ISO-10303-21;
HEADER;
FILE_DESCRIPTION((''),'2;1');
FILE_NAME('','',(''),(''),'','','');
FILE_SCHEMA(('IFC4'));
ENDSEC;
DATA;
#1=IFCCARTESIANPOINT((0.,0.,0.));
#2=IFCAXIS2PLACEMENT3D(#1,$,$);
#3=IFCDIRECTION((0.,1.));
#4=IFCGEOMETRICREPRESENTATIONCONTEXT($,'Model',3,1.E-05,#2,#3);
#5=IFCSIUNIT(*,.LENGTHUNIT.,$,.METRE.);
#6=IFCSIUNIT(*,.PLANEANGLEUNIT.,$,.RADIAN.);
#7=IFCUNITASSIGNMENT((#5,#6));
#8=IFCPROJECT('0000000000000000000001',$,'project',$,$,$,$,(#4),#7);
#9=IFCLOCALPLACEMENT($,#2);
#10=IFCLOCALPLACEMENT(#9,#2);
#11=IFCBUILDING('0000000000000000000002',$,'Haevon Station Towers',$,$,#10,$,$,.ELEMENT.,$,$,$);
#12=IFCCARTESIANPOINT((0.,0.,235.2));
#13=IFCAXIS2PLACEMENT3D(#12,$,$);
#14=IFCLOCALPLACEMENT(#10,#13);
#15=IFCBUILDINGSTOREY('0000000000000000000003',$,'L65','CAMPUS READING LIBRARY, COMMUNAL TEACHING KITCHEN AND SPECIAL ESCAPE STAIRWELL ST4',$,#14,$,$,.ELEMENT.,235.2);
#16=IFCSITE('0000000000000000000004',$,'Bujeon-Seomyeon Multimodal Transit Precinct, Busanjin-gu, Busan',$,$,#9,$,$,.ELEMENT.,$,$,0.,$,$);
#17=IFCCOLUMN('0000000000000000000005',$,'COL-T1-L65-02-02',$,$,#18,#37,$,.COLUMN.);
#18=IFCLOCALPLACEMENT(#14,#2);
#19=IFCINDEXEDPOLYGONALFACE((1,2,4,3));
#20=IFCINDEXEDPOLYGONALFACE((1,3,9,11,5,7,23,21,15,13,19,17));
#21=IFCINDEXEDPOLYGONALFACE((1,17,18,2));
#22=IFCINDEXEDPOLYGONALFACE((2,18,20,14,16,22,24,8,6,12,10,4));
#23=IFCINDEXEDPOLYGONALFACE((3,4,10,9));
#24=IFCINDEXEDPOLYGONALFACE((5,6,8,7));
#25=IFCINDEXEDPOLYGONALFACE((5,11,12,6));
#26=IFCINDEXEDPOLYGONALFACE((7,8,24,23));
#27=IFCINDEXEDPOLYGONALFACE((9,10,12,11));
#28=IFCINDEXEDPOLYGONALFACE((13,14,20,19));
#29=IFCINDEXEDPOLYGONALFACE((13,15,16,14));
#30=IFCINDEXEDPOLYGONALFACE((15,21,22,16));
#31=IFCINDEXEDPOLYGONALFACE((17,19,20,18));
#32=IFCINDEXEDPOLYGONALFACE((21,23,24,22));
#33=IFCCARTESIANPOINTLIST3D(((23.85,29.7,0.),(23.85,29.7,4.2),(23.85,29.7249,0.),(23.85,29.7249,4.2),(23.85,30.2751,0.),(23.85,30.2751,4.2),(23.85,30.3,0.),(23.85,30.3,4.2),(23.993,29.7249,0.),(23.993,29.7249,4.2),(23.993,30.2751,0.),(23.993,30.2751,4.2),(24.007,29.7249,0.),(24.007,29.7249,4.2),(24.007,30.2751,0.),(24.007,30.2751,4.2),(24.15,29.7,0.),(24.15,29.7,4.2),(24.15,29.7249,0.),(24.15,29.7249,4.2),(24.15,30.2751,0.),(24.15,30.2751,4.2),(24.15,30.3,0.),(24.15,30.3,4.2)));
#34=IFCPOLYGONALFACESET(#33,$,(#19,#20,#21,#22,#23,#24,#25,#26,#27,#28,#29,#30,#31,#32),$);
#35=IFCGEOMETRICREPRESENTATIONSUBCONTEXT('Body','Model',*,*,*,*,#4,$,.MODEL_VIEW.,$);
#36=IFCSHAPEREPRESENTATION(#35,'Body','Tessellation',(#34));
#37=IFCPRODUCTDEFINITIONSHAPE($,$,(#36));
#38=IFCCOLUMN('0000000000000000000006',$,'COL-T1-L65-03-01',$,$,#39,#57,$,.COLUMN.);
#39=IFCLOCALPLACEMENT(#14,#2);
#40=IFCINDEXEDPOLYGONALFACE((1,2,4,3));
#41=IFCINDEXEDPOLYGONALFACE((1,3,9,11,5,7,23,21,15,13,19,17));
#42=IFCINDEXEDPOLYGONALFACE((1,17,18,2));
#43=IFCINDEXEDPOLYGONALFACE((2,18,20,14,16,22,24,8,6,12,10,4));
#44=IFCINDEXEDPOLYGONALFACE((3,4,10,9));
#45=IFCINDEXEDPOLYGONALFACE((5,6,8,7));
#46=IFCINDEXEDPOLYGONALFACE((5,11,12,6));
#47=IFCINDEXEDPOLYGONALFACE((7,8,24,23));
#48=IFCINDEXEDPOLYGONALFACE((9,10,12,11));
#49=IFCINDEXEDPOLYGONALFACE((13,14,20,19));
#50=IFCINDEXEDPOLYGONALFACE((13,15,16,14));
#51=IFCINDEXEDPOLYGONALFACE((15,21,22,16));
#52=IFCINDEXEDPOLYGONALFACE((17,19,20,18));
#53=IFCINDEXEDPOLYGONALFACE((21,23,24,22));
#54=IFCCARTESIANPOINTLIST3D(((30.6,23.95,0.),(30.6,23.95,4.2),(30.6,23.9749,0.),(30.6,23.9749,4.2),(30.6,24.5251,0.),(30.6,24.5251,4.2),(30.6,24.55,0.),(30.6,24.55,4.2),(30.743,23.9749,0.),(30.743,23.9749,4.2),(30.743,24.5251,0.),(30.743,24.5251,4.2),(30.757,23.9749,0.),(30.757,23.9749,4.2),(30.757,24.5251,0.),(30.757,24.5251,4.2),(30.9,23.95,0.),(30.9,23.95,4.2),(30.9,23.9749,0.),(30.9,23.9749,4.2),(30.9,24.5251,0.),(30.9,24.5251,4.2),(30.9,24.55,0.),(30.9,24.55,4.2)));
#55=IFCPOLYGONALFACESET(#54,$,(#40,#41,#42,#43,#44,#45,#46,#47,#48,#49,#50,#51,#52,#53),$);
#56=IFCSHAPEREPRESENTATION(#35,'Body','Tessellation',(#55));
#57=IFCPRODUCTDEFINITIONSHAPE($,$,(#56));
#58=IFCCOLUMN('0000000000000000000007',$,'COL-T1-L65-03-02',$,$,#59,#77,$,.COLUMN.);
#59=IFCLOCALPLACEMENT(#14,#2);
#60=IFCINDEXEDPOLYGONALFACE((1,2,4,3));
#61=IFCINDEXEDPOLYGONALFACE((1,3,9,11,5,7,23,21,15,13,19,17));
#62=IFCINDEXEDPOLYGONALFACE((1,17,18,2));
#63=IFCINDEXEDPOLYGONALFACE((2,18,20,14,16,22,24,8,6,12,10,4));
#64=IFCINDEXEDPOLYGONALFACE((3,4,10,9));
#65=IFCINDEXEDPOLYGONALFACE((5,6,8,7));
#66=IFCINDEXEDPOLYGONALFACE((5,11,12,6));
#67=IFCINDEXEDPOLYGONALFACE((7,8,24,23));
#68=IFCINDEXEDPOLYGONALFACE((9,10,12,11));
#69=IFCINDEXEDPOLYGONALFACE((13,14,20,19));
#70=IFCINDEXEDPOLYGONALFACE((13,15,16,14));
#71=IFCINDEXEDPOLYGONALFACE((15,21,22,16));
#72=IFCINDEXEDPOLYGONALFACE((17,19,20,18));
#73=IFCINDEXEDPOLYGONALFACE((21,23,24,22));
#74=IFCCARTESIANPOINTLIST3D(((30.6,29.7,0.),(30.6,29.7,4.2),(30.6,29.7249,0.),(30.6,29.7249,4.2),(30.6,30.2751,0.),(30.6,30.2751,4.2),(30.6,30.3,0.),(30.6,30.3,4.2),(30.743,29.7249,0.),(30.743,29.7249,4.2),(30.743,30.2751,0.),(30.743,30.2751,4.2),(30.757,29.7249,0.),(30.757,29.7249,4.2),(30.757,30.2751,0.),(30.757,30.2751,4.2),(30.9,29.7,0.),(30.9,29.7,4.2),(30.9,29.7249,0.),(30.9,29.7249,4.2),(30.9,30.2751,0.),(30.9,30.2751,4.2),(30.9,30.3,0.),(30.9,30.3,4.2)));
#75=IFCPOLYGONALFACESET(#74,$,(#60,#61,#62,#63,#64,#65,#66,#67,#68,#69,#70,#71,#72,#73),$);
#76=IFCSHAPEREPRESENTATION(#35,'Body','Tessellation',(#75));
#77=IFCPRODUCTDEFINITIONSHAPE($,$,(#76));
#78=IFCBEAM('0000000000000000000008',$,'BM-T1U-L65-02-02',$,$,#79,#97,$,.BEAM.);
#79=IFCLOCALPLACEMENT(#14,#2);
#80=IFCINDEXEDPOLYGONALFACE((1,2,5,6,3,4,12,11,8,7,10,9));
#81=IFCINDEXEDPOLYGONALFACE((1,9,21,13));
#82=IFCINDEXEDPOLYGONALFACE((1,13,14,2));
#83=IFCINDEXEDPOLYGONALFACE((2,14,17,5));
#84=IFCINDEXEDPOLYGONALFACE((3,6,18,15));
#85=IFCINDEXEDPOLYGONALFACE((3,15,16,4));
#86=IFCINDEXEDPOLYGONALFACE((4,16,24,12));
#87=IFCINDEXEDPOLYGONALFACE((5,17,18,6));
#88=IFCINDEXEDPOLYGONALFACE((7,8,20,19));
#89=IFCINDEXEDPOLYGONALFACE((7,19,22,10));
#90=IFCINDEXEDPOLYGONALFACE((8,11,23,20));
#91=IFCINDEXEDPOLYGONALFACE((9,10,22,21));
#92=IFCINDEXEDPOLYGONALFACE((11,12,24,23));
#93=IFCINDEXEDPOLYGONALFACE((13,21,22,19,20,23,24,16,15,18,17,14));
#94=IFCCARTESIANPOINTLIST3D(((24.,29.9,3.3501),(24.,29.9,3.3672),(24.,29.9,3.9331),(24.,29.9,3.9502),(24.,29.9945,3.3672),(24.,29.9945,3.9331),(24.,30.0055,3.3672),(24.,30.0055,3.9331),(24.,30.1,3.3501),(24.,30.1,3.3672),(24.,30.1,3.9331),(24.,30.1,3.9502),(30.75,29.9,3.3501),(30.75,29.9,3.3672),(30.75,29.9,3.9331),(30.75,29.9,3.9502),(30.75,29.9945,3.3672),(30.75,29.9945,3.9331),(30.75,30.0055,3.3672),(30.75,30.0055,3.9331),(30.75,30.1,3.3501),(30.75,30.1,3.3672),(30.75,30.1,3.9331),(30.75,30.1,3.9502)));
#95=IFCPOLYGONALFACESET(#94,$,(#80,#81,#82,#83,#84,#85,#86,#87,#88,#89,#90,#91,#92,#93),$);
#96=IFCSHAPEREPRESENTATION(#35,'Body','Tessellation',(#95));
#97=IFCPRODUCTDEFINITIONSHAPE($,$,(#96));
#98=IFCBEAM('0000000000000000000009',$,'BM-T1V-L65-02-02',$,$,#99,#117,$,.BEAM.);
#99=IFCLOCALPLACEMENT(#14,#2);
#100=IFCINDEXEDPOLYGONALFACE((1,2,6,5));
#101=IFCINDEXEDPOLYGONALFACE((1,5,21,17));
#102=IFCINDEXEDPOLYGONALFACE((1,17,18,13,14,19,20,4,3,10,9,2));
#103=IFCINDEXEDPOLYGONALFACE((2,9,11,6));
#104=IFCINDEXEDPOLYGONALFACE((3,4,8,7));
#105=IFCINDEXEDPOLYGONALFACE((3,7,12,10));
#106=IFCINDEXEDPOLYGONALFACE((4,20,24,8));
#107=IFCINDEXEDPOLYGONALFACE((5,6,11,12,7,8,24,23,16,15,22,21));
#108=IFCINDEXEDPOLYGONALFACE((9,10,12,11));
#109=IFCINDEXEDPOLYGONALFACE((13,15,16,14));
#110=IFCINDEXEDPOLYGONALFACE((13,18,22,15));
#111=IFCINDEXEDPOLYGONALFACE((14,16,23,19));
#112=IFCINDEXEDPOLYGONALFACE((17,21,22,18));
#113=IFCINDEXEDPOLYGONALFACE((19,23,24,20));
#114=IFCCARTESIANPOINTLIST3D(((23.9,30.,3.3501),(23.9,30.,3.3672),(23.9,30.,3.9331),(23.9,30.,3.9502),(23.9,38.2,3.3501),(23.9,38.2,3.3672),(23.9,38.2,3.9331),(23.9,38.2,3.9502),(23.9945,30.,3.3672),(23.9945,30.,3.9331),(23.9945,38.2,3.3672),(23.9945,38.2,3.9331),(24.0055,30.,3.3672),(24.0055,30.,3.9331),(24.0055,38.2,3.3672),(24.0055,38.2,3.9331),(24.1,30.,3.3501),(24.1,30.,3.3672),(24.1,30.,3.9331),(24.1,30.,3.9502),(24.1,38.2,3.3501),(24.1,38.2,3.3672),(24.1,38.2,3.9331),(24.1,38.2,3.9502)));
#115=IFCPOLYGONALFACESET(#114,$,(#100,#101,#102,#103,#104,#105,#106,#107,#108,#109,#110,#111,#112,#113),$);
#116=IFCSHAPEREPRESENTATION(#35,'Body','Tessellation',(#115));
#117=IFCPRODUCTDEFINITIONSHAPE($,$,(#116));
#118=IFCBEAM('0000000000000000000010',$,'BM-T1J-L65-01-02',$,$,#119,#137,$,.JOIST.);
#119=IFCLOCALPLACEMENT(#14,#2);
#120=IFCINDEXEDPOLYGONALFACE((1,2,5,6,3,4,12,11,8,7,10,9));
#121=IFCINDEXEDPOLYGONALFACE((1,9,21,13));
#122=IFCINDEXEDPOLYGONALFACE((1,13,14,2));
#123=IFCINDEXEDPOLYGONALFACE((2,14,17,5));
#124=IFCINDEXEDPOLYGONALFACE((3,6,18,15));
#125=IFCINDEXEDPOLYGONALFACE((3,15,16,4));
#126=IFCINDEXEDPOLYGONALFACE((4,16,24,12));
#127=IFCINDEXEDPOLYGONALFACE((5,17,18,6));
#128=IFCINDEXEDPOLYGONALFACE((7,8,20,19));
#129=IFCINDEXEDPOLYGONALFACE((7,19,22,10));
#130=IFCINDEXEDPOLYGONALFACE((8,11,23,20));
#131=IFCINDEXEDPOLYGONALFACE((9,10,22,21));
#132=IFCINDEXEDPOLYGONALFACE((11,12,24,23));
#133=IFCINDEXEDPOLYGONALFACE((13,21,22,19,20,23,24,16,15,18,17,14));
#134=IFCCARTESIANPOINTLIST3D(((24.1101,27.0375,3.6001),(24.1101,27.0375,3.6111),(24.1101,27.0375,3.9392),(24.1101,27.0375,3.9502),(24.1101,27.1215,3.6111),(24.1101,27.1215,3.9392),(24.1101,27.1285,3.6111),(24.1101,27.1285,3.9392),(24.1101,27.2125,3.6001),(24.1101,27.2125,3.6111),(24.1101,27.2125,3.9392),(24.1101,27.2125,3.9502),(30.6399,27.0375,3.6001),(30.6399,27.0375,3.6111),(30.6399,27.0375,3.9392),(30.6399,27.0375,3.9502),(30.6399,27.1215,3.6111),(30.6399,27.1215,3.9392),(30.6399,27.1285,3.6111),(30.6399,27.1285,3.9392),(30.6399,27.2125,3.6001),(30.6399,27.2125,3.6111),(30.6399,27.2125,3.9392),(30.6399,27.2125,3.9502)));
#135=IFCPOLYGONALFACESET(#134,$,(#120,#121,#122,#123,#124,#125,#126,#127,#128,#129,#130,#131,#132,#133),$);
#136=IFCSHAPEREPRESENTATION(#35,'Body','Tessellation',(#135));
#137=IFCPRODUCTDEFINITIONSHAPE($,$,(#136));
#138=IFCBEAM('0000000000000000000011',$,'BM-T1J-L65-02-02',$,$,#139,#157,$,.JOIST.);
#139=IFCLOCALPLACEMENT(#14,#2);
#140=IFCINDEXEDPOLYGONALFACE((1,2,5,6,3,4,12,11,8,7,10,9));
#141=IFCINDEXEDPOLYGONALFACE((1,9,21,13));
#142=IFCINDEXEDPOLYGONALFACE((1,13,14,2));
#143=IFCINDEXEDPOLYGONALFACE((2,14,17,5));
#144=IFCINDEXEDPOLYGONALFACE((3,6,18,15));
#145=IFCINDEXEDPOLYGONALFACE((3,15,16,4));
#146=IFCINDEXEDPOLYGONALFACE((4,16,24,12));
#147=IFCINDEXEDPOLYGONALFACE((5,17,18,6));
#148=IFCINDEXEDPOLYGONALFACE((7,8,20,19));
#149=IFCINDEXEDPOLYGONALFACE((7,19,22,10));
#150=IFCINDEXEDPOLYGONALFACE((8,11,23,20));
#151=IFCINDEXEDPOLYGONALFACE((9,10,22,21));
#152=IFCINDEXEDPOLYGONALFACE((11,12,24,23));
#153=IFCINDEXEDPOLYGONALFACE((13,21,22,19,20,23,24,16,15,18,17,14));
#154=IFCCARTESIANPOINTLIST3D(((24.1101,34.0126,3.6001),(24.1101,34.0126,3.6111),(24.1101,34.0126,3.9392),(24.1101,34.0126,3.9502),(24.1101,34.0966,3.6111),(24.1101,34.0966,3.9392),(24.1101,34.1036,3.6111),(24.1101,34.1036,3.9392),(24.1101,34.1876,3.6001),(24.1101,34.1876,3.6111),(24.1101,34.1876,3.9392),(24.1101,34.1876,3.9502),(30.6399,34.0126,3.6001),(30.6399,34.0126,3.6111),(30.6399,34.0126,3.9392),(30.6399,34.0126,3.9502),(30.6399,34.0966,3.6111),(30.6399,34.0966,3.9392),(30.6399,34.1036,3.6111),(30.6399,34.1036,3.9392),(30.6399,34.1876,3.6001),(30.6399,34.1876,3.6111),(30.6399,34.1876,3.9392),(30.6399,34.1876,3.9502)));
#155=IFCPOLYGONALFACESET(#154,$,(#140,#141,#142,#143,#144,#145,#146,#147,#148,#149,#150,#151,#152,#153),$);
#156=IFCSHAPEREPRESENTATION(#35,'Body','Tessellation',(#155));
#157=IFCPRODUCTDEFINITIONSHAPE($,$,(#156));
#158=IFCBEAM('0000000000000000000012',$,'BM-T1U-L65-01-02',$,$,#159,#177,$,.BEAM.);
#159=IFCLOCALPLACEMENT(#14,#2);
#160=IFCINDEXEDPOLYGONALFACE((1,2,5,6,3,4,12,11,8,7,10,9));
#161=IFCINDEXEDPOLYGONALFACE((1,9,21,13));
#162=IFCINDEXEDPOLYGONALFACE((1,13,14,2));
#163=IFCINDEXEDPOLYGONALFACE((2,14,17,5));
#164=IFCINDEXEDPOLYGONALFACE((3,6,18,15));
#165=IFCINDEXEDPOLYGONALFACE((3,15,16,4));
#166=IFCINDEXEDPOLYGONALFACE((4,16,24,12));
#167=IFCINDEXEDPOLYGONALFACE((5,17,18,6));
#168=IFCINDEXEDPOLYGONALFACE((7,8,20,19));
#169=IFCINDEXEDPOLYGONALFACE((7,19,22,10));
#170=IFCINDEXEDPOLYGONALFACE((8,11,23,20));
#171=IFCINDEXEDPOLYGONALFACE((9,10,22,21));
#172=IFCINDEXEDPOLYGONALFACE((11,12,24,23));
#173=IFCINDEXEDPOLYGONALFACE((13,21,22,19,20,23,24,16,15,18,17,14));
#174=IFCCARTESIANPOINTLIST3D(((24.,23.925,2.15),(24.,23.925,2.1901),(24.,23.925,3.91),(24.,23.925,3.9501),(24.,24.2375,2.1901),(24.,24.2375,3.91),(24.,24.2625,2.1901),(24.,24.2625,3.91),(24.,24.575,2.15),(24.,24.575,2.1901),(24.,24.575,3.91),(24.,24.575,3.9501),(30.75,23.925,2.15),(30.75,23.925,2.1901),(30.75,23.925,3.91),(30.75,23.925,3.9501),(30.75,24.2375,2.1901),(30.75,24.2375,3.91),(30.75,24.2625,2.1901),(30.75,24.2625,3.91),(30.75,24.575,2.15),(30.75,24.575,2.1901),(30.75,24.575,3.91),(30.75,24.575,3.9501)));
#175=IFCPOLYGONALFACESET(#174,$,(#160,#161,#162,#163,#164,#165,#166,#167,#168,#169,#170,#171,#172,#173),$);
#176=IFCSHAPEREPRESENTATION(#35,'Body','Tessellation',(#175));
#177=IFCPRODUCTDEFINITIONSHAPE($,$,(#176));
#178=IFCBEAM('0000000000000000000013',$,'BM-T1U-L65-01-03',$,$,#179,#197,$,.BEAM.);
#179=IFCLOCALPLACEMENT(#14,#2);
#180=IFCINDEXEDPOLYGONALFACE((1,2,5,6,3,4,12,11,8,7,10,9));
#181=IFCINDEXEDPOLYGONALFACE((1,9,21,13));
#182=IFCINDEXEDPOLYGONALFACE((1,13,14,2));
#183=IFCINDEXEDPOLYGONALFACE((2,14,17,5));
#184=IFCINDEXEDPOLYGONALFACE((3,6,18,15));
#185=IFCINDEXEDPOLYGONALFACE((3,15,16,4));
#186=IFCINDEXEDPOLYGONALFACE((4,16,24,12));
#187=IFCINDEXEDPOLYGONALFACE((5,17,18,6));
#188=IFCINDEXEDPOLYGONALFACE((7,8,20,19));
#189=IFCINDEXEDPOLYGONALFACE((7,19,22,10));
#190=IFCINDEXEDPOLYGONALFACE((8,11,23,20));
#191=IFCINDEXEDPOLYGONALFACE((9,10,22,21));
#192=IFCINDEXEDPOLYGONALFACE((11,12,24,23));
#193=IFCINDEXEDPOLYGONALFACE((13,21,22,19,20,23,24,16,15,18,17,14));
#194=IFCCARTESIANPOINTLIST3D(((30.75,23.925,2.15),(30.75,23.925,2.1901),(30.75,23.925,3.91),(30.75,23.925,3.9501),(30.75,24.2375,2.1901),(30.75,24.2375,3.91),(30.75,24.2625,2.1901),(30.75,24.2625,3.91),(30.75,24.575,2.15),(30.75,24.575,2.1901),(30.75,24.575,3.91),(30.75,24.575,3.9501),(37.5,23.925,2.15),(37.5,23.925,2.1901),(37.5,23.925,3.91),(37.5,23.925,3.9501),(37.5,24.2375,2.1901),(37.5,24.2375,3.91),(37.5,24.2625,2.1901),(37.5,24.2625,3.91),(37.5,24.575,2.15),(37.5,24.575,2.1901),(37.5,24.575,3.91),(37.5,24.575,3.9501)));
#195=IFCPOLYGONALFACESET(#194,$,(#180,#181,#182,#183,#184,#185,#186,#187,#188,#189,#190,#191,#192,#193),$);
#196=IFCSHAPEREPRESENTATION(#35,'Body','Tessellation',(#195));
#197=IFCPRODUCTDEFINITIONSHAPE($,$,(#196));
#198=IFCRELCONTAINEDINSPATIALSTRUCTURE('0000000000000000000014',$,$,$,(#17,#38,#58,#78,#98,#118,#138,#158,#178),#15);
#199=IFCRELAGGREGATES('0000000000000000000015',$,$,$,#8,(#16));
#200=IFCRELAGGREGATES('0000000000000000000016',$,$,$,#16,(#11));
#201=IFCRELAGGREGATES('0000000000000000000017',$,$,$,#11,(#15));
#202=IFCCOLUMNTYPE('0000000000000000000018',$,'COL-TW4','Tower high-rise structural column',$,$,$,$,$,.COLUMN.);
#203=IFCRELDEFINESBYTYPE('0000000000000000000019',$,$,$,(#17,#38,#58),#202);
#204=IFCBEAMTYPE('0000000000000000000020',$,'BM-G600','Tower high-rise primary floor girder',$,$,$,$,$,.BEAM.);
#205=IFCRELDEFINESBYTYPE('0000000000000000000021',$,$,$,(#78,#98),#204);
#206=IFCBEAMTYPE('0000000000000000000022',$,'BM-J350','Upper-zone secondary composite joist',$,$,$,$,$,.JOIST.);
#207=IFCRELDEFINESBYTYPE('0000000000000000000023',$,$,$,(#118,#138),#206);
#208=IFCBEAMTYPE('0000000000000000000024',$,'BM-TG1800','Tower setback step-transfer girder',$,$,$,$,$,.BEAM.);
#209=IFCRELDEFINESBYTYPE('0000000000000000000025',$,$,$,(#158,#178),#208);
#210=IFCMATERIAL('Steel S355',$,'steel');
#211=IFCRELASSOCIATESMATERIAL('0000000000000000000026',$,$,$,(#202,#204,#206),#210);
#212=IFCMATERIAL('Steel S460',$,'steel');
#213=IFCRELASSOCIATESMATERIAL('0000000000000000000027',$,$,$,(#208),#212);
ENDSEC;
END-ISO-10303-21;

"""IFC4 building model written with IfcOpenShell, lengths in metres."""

from ifc_helpers import new_model, si_unit, direction, frame, origin, origin_2d, place, context, subcontext, project, spatial, i_section, extrude, material, material_profile, profile_set, type_object, element, save


model = new_model("IFC4")

# Units and contexts
model_context = context("Model", 3, precision=1e-05, world=origin(), true_north=direction((0.0, 1.0)))
body_context = subcontext(model_context, "Body", "Model", "MODEL_VIEW")
ifc_project = project(units=[si_unit("LENGTHUNIT", "METRE"), si_unit("PLANEANGLEUNIT", "RADIAN")], contexts=[model_context])

# Site, building, storey
site_placement = place(None, origin())
site = spatial("IfcSite", under=ifc_project, at=site_placement, Name="Bujeon-Seomyeon Multimodal Transit Precinct, Busanjin-gu, Busan", CompositionType="ELEMENT", RefElevation=0.0)
building_placement = place(site_placement, origin())
building = spatial("IfcBuilding", under=site, at=building_placement, Name="Haevon Station Towers", CompositionType="ELEMENT")
storey_placement = place(building_placement, frame((0.0, 0.0, 235.2)))
storey = spatial("IfcBuildingStorey", under=building, at=storey_placement, Name="L65", Description="CAMPUS READING LIBRARY, COMMUNAL TEACHING KITCHEN AND SPECIAL ESCAPE STAIRWELL ST4", CompositionType="ELEMENT", Elevation=235.2)

# Columns
ifc_material_1 = material(Name="Steel S355", Category="steel")
ifc_material_profile_1 = material_profile(ifc_material_1, i_section(OverallWidth=0.3, OverallDepth=0.6001, WebThickness=0.0139, FlangeThickness=0.0249, at=origin_2d()), Name="H-600x300x14x25")
ifc_profile_set_1 = profile_set([ifc_material_profile_1], Name="Steel S355")
column_type = type_object("IfcColumnType", Name="COL-TW4", Description="Tower high-rise structural column", PredefinedType="COLUMN", material=ifc_profile_set_1)
for number, where, z_axis, x_axis, name in (
    (1, (24.0, 30.0, 0.0), (0.0, 0.0, 1.0), (1.0, 0.0, 0.0), "COL-T1-L65-02-02"),
    (2, (30.75, 24.25, 0.0), (0.0, 0.0, 1.0), (1.0, 0.0, 0.0), "COL-T1-L65-03-01"),
    (3, (30.75, 30.0, 0.0), (0.0, 0.0, 1.0), (1.0, 0.0, 0.0), "COL-T1-L65-03-02"),
):
    element("IfcColumn", number, at=place(storey_placement, frame(where, z_axis=z_axis, x_axis=x_axis)), inside=storey, type_object=column_type, Name=name, PredefinedType="COLUMN", context=body_context, shape_type="SweptSolid", body=[
        extrude(i_section(OverallWidth=0.3, OverallDepth=0.6001, WebThickness=0.0139, FlangeThickness=0.0249, at=origin_2d()), origin(), (0.0, 0.0, 1.0), 4.2),
    ])

# Beams
ifc_material_profile_2 = material_profile(ifc_material_1, i_section(OverallWidth=0.2, OverallDepth=0.6001, WebThickness=0.011, FlangeThickness=0.0171, at=origin_2d()), Name="H-600x200x11x17")
ifc_profile_set_2 = profile_set([ifc_material_profile_2], Name="Steel S355")
beam_type_1 = type_object("IfcBeamType", Name="BM-G600", Description="Tower high-rise primary floor girder", PredefinedType="BEAM", material=ifc_profile_set_2)
beam_1_placement = place(storey_placement, frame((24.0, 30.0, 3.6501), z_axis=(1.0, 0.0, 0.0), x_axis=(0.0, 1.0, 0.0)))
element("IfcBeam", 4, at=beam_1_placement, inside=storey, type_object=beam_type_1, Name="BM-T1U-L65-02-02", PredefinedType="BEAM", context=body_context, shape_type="SweptSolid", body=[
    extrude(i_section(OverallWidth=0.2, OverallDepth=0.6001, WebThickness=0.011, FlangeThickness=0.0171, at=origin_2d()), origin(), (0.0, 0.0, 1.0), 6.75),
])
beam_2_placement = place(storey_placement, frame((24.0, 30.0, 3.6501), z_axis=(0.0, 1.0, 0.0), x_axis=(-1.0, 0.0, 0.0)))
element("IfcBeam", 5, at=beam_2_placement, inside=storey, type_object=beam_type_1, Name="BM-T1V-L65-02-02", PredefinedType="BEAM", context=body_context, shape_type="SweptSolid", body=[
    extrude(i_section(OverallWidth=0.2, OverallDepth=0.6001, WebThickness=0.011, FlangeThickness=0.0171, at=origin_2d()), origin(), (0.0, 0.0, 1.0), 8.2),
])
ifc_material_profile_3 = material_profile(ifc_material_1, i_section(OverallWidth=0.175, OverallDepth=0.3501, WebThickness=0.0071, FlangeThickness=0.011, at=origin_2d()), Name="H-350x175x7x11")
ifc_profile_set_3 = profile_set([ifc_material_profile_3], Name="Steel S355")
beam_type_2 = type_object("IfcBeamType", Name="BM-J350", Description="Upper-zone secondary composite joist", PredefinedType="JOIST", material=ifc_profile_set_3)
for number, where, z_axis, x_axis, name in (
    (6, (24.1101, 27.125, 3.7751), (1.0, 0.0, 0.0), (0.0, 1.0, 0.0), "BM-T1J-L65-01-02"),
    (7, (24.1101, 34.1001, 3.7751), (1.0, 0.0, 0.0), (0.0, 1.0, 0.0), "BM-T1J-L65-02-02"),
):
    element("IfcBeam", number, at=place(storey_placement, frame(where, z_axis=z_axis, x_axis=x_axis)), inside=storey, type_object=beam_type_2, Name=name, PredefinedType="JOIST", context=body_context, shape_type="SweptSolid", body=[
        extrude(i_section(OverallWidth=0.175, OverallDepth=0.3501, WebThickness=0.0071, FlangeThickness=0.011, at=origin_2d()), origin(), (0.0, 0.0, 1.0), 6.5298),
    ])
ifc_material_2 = material(Name="Steel S460", Category="steel")
ifc_material_profile_4 = material_profile(ifc_material_2, i_section(OverallWidth=0.6499, OverallDepth=1.8, WebThickness=0.0249, FlangeThickness=0.04, at=origin_2d()), Name="H-1800x650x25x40")
ifc_profile_set_4 = profile_set([ifc_material_profile_4], Name="Steel S460")
beam_type_3 = type_object("IfcBeamType", Name="BM-TG1800", Description="Tower setback step-transfer girder", PredefinedType="BEAM", material=ifc_profile_set_4)
for number, where, z_axis, x_axis, name in (
    (8, (24.0, 24.25, 3.05), (1.0, 0.0, 0.0), (0.0, 1.0, 0.0), "BM-T1U-L65-01-02"),
    (9, (30.75, 24.25, 3.05), (1.0, 0.0, 0.0), (0.0, 1.0, 0.0), "BM-T1U-L65-01-03"),
):
    element("IfcBeam", number, at=place(storey_placement, frame(where, z_axis=z_axis, x_axis=x_axis)), inside=storey, type_object=beam_type_3, Name=name, PredefinedType="BEAM", context=body_context, shape_type="SweptSolid", body=[
        extrude(i_section(OverallWidth=0.6499, OverallDepth=1.8, WebThickness=0.0249, FlangeThickness=0.04, at=origin_2d()), origin(), (0.0, 0.0, 1.0), 6.75),
    ])

save(model, "model.ifc")
